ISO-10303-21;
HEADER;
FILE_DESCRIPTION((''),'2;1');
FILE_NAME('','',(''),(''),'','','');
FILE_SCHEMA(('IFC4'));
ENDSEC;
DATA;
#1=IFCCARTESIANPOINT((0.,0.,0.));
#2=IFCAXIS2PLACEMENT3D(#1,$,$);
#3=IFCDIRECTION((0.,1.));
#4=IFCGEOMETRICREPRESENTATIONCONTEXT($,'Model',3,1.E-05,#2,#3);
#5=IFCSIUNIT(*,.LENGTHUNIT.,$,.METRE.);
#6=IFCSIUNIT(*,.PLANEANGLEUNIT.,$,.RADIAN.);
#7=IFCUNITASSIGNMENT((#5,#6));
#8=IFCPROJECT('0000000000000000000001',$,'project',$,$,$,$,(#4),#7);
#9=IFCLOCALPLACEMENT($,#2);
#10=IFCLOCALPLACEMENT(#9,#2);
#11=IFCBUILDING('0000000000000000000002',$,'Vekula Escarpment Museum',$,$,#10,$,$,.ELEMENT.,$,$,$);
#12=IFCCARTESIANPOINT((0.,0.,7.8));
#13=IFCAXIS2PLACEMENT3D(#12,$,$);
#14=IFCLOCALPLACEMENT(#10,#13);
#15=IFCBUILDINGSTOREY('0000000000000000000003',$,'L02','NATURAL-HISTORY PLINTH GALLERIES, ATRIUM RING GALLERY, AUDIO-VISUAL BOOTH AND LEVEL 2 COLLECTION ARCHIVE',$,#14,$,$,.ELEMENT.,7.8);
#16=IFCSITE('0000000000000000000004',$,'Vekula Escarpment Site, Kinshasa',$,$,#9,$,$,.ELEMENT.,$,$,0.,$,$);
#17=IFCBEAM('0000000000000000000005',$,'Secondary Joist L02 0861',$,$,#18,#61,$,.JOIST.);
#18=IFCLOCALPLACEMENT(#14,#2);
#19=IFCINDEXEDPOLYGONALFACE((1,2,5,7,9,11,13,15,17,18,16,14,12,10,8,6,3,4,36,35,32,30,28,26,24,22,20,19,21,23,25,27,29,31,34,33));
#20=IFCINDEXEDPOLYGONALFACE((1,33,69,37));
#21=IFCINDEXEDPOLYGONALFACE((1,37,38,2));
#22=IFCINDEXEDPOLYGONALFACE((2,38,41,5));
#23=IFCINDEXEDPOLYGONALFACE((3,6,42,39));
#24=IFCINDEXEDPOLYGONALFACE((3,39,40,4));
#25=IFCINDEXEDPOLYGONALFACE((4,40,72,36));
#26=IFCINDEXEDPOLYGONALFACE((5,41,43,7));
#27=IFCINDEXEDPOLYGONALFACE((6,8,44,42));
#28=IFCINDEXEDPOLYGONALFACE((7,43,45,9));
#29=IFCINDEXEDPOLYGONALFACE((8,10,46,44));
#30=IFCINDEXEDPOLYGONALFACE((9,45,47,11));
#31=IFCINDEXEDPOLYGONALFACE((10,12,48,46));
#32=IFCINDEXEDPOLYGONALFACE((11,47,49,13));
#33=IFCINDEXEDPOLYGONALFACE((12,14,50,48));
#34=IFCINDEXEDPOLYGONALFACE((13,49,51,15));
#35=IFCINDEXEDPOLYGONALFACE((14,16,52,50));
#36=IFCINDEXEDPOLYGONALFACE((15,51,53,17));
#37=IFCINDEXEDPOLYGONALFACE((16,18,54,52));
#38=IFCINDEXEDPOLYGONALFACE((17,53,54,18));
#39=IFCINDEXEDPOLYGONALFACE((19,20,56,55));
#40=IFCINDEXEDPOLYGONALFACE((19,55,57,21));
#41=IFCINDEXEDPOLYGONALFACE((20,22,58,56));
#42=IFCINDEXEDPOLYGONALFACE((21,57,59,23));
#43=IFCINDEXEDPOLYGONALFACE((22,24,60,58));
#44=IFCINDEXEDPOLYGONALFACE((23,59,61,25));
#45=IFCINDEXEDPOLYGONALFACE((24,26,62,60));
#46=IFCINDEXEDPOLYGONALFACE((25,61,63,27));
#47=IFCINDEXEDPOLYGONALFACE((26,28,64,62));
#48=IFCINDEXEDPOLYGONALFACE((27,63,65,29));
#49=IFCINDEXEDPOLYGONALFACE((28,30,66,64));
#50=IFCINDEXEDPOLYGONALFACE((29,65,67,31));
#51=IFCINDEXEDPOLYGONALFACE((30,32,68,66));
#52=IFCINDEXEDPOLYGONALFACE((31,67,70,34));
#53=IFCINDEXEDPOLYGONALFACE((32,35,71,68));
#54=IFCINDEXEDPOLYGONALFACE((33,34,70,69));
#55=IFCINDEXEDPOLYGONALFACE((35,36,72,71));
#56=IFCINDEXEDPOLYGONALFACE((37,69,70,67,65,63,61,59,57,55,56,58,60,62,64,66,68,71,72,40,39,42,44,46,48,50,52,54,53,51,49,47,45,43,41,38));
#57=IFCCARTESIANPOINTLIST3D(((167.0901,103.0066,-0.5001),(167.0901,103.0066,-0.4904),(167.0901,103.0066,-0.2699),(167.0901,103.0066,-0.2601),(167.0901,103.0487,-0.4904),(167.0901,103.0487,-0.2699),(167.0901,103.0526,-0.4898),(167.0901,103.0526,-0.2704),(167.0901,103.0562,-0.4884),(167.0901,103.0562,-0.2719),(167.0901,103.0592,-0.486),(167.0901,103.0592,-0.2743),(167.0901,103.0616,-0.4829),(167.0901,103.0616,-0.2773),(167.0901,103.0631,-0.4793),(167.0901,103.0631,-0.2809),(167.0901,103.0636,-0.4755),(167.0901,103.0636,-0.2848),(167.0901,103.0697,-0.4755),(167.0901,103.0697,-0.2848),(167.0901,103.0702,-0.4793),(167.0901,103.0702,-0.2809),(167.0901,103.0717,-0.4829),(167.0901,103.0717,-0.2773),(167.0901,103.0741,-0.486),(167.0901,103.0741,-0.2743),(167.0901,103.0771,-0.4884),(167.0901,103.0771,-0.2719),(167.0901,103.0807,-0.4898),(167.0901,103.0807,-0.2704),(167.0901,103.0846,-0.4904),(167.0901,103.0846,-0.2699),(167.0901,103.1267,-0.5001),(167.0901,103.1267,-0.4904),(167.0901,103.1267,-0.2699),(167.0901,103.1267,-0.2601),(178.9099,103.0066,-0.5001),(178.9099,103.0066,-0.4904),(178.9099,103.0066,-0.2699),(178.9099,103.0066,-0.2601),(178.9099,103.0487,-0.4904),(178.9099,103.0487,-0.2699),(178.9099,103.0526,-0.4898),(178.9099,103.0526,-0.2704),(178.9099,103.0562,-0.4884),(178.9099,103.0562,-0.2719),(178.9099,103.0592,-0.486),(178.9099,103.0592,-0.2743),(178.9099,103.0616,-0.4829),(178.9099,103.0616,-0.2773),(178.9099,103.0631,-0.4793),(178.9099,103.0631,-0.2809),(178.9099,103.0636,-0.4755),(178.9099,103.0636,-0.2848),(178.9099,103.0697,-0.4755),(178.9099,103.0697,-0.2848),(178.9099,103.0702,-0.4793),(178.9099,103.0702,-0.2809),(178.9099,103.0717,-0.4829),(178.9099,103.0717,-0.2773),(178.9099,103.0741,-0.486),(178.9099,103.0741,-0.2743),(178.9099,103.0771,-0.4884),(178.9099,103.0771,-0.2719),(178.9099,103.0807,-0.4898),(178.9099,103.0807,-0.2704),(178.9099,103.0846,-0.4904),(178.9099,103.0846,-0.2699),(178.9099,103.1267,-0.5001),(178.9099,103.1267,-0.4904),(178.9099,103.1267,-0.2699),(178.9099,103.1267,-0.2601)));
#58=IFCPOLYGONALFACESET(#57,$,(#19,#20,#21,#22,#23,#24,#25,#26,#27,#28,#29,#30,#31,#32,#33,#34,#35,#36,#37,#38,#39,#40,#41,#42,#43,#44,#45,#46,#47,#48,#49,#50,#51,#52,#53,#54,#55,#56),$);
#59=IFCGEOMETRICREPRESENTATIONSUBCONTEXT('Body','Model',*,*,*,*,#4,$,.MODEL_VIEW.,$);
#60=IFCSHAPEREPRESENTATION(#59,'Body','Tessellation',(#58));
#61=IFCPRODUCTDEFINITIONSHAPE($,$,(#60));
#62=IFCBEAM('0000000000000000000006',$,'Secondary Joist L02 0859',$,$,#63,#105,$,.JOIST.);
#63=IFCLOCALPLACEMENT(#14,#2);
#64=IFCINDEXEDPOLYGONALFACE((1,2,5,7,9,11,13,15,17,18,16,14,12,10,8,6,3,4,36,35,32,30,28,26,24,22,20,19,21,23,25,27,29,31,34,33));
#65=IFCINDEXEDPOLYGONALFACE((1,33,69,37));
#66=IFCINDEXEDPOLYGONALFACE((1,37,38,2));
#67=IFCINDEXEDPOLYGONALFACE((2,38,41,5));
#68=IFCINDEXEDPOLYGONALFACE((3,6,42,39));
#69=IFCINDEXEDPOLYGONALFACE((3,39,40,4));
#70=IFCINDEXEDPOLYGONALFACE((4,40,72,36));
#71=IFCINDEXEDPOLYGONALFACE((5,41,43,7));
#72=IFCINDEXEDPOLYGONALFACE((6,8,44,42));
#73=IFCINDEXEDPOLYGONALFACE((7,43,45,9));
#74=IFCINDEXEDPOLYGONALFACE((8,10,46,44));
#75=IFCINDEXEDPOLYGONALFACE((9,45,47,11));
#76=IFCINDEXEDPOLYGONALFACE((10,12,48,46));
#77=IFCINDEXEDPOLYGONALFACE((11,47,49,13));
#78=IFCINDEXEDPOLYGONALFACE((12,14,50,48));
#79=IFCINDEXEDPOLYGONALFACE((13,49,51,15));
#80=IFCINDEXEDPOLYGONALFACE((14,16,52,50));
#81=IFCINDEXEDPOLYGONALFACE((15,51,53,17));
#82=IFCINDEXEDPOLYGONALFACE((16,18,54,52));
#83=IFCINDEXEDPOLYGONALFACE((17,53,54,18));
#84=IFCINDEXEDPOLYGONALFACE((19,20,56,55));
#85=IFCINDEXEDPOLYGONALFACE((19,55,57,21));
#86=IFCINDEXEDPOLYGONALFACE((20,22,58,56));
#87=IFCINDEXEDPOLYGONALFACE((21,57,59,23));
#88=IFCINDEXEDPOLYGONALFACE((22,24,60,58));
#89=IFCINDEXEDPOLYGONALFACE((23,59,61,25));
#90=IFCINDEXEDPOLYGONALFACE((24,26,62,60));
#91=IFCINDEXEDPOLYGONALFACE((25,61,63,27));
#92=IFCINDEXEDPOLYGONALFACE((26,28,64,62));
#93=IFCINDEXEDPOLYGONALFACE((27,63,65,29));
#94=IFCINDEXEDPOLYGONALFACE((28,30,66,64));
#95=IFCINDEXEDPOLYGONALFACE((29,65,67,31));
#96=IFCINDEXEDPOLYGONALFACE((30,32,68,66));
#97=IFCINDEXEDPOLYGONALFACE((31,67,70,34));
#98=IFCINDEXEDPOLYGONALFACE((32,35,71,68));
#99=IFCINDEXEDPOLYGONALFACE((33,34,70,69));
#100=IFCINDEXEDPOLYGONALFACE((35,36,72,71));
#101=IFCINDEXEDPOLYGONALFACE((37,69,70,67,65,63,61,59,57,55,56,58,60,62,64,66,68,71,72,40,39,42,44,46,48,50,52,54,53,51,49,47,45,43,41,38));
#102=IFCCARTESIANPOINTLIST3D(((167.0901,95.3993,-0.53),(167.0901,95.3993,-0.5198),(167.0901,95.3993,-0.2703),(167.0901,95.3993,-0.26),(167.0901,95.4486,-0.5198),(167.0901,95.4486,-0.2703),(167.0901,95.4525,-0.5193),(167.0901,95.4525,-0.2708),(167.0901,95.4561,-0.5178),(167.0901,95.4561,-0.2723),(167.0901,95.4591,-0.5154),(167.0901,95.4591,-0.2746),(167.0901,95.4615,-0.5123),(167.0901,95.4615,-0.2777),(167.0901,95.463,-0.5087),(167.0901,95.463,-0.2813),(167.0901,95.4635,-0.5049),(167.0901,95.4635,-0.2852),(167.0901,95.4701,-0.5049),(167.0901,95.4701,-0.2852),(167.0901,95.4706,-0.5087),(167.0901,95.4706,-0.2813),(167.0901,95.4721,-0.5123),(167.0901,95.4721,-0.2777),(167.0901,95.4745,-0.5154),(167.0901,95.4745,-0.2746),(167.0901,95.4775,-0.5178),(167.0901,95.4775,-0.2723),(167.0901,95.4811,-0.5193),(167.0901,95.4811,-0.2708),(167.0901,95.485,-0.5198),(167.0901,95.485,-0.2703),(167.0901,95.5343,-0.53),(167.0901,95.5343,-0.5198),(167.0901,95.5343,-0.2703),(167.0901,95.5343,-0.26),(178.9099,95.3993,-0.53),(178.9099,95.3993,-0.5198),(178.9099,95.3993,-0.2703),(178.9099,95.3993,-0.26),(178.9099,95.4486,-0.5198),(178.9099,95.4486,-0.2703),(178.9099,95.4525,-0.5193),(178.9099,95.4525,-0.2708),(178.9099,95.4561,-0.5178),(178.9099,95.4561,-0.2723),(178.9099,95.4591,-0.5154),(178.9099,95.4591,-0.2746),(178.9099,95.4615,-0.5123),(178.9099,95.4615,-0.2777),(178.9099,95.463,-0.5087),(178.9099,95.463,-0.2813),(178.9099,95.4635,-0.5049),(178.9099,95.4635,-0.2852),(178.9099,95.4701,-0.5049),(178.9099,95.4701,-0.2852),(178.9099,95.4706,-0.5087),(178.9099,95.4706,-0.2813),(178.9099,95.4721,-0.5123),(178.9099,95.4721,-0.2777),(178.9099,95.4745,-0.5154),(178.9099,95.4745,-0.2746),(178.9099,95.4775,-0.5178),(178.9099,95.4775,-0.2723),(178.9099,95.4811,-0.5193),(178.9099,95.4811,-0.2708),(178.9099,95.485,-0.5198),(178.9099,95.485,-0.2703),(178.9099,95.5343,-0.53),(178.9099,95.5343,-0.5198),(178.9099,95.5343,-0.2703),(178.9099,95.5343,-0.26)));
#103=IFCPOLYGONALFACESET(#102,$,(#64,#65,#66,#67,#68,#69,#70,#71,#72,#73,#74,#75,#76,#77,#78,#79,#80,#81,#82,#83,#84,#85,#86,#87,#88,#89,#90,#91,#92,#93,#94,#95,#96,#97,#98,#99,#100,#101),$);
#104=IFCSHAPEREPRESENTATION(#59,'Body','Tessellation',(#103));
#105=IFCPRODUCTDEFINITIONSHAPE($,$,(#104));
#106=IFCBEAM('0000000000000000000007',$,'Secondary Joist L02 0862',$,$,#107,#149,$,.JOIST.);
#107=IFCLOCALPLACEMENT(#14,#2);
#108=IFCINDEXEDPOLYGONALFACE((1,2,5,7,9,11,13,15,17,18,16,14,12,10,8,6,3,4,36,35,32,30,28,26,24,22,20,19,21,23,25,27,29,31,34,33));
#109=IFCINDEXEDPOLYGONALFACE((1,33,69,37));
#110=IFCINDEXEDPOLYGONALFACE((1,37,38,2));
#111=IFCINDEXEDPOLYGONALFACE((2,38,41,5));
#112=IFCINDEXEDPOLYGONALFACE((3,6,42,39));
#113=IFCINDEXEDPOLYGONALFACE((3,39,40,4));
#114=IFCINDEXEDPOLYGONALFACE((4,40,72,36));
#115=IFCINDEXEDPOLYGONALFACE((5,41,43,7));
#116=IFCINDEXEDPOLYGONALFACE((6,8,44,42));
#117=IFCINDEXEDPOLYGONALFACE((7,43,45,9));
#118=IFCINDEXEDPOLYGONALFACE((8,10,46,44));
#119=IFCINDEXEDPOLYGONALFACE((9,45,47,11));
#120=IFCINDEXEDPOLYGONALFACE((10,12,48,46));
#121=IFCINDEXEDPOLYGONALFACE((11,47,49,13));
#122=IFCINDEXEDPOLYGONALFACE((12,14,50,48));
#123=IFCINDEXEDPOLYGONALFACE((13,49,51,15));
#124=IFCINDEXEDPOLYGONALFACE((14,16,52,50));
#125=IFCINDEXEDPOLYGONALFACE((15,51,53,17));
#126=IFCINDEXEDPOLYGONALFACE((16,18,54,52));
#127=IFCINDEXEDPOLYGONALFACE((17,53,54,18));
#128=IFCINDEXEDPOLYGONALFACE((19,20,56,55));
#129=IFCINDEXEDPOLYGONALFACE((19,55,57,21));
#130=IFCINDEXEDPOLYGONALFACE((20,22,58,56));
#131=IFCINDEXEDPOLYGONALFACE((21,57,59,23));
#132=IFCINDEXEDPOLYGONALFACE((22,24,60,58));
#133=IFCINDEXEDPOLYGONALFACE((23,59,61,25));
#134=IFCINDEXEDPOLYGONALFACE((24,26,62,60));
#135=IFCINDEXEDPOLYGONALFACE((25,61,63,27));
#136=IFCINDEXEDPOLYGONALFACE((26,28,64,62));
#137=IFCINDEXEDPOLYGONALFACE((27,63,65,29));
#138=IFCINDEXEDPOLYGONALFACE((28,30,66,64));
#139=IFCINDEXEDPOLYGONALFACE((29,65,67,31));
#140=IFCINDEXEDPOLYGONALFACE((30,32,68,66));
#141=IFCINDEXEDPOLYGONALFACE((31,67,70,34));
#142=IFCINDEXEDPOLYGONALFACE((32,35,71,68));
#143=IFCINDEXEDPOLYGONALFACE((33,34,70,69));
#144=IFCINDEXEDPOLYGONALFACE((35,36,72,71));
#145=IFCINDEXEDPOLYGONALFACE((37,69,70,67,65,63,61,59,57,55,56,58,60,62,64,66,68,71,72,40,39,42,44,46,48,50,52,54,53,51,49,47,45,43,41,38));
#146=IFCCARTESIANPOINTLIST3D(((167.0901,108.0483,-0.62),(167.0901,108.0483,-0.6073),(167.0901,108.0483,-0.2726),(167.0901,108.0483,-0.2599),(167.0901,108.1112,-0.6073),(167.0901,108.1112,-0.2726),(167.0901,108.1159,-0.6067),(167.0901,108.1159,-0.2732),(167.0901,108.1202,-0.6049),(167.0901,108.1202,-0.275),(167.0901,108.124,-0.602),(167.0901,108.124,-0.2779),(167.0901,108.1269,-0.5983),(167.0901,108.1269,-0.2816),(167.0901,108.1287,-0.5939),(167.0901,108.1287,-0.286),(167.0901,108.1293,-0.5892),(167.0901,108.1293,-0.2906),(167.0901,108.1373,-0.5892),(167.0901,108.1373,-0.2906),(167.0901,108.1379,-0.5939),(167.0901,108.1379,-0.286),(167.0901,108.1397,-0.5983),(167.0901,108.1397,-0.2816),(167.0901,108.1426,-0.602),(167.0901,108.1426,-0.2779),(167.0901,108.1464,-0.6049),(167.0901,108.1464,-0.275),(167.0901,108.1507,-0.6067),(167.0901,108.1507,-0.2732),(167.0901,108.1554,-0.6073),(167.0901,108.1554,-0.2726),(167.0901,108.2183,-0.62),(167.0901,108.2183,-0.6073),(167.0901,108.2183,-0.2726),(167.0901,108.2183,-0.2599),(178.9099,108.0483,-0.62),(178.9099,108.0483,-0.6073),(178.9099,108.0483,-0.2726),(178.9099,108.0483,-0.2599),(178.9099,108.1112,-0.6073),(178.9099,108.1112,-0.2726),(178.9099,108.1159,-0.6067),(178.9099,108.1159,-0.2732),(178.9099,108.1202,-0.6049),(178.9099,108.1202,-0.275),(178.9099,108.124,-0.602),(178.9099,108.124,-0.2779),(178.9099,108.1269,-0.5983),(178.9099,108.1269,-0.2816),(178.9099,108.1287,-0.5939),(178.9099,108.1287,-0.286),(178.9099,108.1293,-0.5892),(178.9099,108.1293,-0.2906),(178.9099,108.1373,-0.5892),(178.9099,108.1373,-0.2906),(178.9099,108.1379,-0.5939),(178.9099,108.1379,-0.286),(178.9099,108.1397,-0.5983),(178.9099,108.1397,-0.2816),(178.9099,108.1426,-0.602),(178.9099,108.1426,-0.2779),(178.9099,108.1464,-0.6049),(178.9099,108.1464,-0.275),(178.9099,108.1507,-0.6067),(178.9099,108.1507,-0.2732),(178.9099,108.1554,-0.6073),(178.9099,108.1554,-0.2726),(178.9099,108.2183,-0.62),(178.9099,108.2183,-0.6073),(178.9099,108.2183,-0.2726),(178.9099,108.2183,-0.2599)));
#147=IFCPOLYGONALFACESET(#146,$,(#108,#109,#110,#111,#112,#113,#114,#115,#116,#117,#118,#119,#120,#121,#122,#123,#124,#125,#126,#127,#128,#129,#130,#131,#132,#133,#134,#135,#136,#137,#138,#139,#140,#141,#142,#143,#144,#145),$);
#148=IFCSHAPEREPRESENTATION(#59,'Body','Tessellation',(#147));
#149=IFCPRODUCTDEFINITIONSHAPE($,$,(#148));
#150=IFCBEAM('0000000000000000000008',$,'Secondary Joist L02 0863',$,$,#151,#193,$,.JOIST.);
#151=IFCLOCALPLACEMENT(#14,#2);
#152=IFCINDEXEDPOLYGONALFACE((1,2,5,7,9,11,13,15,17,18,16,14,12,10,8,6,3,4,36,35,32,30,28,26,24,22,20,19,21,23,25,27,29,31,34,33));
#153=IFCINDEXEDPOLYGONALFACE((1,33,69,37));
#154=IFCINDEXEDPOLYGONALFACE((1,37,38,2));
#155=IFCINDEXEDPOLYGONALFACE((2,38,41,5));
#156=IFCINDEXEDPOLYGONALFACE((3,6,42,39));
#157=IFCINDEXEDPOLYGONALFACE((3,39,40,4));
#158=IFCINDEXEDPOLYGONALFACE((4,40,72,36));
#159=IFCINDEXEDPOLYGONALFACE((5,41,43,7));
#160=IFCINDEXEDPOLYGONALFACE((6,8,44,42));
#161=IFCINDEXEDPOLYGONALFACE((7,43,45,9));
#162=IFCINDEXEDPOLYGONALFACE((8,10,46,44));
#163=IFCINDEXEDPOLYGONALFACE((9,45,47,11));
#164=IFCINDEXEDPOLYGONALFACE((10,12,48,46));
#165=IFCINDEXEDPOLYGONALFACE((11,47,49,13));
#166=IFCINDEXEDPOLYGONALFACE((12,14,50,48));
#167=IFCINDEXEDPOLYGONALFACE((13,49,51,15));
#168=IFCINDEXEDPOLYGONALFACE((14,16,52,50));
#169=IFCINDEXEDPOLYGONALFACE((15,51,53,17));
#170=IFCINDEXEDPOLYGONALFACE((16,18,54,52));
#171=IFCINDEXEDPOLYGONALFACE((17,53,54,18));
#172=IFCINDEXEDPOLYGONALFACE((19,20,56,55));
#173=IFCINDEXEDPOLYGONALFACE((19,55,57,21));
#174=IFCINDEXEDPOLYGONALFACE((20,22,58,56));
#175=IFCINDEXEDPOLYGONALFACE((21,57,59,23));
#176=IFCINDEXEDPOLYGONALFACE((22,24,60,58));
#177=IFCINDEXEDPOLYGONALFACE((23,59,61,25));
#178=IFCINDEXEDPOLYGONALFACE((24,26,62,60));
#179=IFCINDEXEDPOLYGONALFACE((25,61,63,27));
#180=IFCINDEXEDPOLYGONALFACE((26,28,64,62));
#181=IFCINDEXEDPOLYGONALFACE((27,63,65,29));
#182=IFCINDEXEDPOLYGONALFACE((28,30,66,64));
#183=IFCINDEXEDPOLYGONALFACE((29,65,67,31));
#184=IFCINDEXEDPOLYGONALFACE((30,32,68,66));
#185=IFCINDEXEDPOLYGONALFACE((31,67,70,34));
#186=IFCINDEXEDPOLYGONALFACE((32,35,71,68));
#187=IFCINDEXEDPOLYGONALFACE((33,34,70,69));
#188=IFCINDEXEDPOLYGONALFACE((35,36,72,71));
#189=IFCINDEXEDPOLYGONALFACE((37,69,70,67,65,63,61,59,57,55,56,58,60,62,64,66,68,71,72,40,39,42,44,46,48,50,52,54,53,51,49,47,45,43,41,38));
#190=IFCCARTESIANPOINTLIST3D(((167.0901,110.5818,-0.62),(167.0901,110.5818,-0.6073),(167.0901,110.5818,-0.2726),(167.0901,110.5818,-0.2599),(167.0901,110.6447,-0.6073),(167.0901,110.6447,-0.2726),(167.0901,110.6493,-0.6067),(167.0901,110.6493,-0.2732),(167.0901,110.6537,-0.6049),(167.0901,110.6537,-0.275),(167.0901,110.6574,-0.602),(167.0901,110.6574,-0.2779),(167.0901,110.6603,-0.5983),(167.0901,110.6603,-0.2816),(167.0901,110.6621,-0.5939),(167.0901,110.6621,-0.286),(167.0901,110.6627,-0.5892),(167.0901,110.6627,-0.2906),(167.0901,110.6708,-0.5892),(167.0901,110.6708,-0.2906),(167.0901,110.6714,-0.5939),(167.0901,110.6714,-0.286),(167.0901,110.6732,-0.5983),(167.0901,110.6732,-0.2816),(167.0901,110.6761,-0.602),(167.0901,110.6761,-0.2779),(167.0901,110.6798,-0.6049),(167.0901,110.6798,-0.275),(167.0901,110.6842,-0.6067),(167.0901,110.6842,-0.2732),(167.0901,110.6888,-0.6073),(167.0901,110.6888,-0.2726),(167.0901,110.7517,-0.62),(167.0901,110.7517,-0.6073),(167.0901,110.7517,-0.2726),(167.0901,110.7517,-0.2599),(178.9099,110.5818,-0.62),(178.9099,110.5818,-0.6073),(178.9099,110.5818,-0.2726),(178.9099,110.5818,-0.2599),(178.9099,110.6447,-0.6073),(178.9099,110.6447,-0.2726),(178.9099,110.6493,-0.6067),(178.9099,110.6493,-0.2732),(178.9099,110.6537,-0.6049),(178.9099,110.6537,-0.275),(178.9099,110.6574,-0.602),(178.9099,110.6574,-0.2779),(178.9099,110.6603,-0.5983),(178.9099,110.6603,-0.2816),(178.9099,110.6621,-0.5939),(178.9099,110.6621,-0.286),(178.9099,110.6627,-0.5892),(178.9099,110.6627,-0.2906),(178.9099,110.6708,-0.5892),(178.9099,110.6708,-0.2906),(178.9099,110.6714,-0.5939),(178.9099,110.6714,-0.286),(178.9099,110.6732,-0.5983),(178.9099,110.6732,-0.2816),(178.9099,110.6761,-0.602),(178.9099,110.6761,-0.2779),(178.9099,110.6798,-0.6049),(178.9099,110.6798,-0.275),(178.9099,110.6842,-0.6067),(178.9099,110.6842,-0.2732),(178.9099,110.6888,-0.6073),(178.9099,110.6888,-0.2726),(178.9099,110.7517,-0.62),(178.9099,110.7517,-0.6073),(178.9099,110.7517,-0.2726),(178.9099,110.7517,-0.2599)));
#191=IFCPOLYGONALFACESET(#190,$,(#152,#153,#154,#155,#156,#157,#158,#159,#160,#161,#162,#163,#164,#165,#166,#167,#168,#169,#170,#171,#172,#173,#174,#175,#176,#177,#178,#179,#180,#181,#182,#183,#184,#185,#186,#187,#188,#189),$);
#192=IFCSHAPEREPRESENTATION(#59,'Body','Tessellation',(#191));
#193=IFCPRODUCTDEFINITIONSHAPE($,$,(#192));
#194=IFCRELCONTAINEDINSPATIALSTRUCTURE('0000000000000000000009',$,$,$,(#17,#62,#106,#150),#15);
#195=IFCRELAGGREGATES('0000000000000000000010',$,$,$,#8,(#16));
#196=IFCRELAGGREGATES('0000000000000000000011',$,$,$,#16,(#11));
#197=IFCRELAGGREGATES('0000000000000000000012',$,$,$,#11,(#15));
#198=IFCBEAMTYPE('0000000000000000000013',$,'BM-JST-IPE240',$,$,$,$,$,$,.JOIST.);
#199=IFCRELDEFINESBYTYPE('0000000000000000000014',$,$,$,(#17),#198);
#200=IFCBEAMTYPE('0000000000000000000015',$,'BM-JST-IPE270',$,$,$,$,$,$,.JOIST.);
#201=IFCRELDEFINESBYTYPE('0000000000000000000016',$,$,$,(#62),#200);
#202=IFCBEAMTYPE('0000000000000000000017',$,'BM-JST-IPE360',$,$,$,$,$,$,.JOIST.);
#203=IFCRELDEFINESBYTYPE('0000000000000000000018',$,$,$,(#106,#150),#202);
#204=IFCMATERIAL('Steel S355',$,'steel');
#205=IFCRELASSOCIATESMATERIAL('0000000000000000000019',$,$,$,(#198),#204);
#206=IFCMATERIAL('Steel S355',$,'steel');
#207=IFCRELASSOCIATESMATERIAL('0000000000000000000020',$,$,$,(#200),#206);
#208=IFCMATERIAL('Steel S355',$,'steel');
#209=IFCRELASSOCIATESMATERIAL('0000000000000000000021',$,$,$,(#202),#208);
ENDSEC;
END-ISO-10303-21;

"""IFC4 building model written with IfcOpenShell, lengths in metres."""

from ifc_helpers import new_model, si_unit, direction, frame, origin, origin_2d, place, context, subcontext, project, spatial, i_section, extrude, material, material_profile, profile_set, type_object, element, save


model = new_model("IFC4")

# Units and contexts
model_context = context("Model", 3, precision=1e-05, world=origin(), true_north=direction((0.0, 1.0)))
body_context = subcontext(model_context, "Body", "Model", "MODEL_VIEW")
ifc_project = project(units=[si_unit("LENGTHUNIT", "METRE"), si_unit("PLANEANGLEUNIT", "RADIAN")], contexts=[model_context])

# Site, building, storey
site_placement = place(None, origin())
site = spatial("IfcSite", under=ifc_project, at=site_placement, Name="Vekula Escarpment Site, Kinshasa", CompositionType="ELEMENT", RefElevation=0.0)
building_placement = place(site_placement, origin())
building = spatial("IfcBuilding", under=site, at=building_placement, Name="Vekula Escarpment Museum", CompositionType="ELEMENT")
storey_placement = place(building_placement, frame((0.0, 0.0, 7.8)))
storey = spatial("IfcBuildingStorey", under=building, at=storey_placement, Name="L02", Description="NATURAL-HISTORY PLINTH GALLERIES, ATRIUM RING GALLERY, AUDIO-VISUAL BOOTH AND LEVEL 2 COLLECTION ARCHIVE", CompositionType="ELEMENT", Elevation=7.8)

# Beams
ifc_material_1 = material(Name="Steel S355", Category="steel")
ifc_material_profile_1 = material_profile(ifc_material_1, i_section(OverallWidth=0.1201, OverallDepth=0.24, WebThickness=0.0061, FlangeThickness=0.0098, FilletRadius=0.0149, at=origin_2d()), Name="IPE 240")
ifc_profile_set_1 = profile_set([ifc_material_profile_1], Name="Steel S355")
beam_type_1 = type_object("IfcBeamType", Name="BM-JST-IPE240", PredefinedType="JOIST", material=ifc_profile_set_1)
for number, where, z_axis, x_axis, name in (
    (1, (167.0901, 103.0667, -0.3801), (1.0, 0.0, 0.0), (0.0, 1.0, 0.0), "Secondary Joist L02 0861"),
):
    element("IfcBeam", number, at=place(storey_placement, frame(where, z_axis=z_axis, x_axis=x_axis)), inside=storey, type_object=beam_type_1, Name=name, PredefinedType="JOIST", context=body_context, shape_type="SweptSolid", body=[
        extrude(i_section(OverallWidth=0.1201, OverallDepth=0.24, WebThickness=0.0061, FlangeThickness=0.0098, FilletRadius=0.0149, at=origin_2d()), origin(), (0.0, 0.0, 1.0), 11.8198),
    ])
ifc_material_2 = material(Name="Steel S355", Category="steel")
ifc_material_profile_2 = material_profile(ifc_material_2, i_section(OverallWidth=0.135, OverallDepth=0.27, WebThickness=0.0066, FlangeThickness=0.0103, FilletRadius=0.0149, at=origin_2d()), Name="IPE 270")
ifc_profile_set_2 = profile_set([ifc_material_profile_2], Name="Steel S355")
beam_type_2 = type_object("IfcBeamType", Name="BM-JST-IPE270", PredefinedType="JOIST", material=ifc_profile_set_2)
beam_1_placement = place(storey_placement, frame((167.0901, 95.4668, -0.395), z_axis=(1.0, 0.0, 0.0), x_axis=(0.0, 1.0, 0.0)))
element("IfcBeam", 2, at=beam_1_placement, inside=storey, type_object=beam_type_2, Name="Secondary Joist L02 0859", PredefinedType="JOIST", context=body_context, shape_type="SweptSolid", body=[
    extrude(i_section(OverallWidth=0.135, OverallDepth=0.27, WebThickness=0.0066, FlangeThickness=0.0103, FilletRadius=0.0149, at=origin_2d()), origin(), (0.0, 0.0, 1.0), 11.8198),
])
ifc_material_3 = material(Name="Steel S355", Category="steel")
ifc_material_profile_3 = material_profile(ifc_material_3, i_section(OverallWidth=0.1699, OverallDepth=0.3601, WebThickness=0.0081, FlangeThickness=0.0127, FilletRadius=0.0181, at=origin_2d()), Name="IPE 360")
ifc_profile_set_3 = profile_set([ifc_material_profile_3], Name="Steel S355")
beam_type_3 = type_object("IfcBeamType", Name="BM-JST-IPE360", PredefinedType="JOIST", material=ifc_profile_set_3)
for number, where, z_axis, x_axis, name in (
    (3, (167.0901, 108.1333, -0.4399), (1.0, 0.0, 0.0), (0.0, 1.0, 0.0), "Secondary Joist L02 0862"),
    (4, (167.0901, 110.6667, -0.4399), (1.0, 0.0, 0.0), (0.0, 1.0, 0.0), "Secondary Joist L02 0863"),
):
    element("IfcBeam", number, at=place(storey_placement, frame(where, z_axis=z_axis, x_axis=x_axis)), inside=storey, type_object=beam_type_3, Name=name, PredefinedType="JOIST", context=body_context, shape_type="SweptSolid", body=[
        extrude(i_section(OverallWidth=0.1699, OverallDepth=0.3601, WebThickness=0.0081, FlangeThickness=0.0127, FilletRadius=0.0181, at=origin_2d()), origin(), (0.0, 0.0, 1.0), 11.8198),
    ])

save(model, "model.ifc")
